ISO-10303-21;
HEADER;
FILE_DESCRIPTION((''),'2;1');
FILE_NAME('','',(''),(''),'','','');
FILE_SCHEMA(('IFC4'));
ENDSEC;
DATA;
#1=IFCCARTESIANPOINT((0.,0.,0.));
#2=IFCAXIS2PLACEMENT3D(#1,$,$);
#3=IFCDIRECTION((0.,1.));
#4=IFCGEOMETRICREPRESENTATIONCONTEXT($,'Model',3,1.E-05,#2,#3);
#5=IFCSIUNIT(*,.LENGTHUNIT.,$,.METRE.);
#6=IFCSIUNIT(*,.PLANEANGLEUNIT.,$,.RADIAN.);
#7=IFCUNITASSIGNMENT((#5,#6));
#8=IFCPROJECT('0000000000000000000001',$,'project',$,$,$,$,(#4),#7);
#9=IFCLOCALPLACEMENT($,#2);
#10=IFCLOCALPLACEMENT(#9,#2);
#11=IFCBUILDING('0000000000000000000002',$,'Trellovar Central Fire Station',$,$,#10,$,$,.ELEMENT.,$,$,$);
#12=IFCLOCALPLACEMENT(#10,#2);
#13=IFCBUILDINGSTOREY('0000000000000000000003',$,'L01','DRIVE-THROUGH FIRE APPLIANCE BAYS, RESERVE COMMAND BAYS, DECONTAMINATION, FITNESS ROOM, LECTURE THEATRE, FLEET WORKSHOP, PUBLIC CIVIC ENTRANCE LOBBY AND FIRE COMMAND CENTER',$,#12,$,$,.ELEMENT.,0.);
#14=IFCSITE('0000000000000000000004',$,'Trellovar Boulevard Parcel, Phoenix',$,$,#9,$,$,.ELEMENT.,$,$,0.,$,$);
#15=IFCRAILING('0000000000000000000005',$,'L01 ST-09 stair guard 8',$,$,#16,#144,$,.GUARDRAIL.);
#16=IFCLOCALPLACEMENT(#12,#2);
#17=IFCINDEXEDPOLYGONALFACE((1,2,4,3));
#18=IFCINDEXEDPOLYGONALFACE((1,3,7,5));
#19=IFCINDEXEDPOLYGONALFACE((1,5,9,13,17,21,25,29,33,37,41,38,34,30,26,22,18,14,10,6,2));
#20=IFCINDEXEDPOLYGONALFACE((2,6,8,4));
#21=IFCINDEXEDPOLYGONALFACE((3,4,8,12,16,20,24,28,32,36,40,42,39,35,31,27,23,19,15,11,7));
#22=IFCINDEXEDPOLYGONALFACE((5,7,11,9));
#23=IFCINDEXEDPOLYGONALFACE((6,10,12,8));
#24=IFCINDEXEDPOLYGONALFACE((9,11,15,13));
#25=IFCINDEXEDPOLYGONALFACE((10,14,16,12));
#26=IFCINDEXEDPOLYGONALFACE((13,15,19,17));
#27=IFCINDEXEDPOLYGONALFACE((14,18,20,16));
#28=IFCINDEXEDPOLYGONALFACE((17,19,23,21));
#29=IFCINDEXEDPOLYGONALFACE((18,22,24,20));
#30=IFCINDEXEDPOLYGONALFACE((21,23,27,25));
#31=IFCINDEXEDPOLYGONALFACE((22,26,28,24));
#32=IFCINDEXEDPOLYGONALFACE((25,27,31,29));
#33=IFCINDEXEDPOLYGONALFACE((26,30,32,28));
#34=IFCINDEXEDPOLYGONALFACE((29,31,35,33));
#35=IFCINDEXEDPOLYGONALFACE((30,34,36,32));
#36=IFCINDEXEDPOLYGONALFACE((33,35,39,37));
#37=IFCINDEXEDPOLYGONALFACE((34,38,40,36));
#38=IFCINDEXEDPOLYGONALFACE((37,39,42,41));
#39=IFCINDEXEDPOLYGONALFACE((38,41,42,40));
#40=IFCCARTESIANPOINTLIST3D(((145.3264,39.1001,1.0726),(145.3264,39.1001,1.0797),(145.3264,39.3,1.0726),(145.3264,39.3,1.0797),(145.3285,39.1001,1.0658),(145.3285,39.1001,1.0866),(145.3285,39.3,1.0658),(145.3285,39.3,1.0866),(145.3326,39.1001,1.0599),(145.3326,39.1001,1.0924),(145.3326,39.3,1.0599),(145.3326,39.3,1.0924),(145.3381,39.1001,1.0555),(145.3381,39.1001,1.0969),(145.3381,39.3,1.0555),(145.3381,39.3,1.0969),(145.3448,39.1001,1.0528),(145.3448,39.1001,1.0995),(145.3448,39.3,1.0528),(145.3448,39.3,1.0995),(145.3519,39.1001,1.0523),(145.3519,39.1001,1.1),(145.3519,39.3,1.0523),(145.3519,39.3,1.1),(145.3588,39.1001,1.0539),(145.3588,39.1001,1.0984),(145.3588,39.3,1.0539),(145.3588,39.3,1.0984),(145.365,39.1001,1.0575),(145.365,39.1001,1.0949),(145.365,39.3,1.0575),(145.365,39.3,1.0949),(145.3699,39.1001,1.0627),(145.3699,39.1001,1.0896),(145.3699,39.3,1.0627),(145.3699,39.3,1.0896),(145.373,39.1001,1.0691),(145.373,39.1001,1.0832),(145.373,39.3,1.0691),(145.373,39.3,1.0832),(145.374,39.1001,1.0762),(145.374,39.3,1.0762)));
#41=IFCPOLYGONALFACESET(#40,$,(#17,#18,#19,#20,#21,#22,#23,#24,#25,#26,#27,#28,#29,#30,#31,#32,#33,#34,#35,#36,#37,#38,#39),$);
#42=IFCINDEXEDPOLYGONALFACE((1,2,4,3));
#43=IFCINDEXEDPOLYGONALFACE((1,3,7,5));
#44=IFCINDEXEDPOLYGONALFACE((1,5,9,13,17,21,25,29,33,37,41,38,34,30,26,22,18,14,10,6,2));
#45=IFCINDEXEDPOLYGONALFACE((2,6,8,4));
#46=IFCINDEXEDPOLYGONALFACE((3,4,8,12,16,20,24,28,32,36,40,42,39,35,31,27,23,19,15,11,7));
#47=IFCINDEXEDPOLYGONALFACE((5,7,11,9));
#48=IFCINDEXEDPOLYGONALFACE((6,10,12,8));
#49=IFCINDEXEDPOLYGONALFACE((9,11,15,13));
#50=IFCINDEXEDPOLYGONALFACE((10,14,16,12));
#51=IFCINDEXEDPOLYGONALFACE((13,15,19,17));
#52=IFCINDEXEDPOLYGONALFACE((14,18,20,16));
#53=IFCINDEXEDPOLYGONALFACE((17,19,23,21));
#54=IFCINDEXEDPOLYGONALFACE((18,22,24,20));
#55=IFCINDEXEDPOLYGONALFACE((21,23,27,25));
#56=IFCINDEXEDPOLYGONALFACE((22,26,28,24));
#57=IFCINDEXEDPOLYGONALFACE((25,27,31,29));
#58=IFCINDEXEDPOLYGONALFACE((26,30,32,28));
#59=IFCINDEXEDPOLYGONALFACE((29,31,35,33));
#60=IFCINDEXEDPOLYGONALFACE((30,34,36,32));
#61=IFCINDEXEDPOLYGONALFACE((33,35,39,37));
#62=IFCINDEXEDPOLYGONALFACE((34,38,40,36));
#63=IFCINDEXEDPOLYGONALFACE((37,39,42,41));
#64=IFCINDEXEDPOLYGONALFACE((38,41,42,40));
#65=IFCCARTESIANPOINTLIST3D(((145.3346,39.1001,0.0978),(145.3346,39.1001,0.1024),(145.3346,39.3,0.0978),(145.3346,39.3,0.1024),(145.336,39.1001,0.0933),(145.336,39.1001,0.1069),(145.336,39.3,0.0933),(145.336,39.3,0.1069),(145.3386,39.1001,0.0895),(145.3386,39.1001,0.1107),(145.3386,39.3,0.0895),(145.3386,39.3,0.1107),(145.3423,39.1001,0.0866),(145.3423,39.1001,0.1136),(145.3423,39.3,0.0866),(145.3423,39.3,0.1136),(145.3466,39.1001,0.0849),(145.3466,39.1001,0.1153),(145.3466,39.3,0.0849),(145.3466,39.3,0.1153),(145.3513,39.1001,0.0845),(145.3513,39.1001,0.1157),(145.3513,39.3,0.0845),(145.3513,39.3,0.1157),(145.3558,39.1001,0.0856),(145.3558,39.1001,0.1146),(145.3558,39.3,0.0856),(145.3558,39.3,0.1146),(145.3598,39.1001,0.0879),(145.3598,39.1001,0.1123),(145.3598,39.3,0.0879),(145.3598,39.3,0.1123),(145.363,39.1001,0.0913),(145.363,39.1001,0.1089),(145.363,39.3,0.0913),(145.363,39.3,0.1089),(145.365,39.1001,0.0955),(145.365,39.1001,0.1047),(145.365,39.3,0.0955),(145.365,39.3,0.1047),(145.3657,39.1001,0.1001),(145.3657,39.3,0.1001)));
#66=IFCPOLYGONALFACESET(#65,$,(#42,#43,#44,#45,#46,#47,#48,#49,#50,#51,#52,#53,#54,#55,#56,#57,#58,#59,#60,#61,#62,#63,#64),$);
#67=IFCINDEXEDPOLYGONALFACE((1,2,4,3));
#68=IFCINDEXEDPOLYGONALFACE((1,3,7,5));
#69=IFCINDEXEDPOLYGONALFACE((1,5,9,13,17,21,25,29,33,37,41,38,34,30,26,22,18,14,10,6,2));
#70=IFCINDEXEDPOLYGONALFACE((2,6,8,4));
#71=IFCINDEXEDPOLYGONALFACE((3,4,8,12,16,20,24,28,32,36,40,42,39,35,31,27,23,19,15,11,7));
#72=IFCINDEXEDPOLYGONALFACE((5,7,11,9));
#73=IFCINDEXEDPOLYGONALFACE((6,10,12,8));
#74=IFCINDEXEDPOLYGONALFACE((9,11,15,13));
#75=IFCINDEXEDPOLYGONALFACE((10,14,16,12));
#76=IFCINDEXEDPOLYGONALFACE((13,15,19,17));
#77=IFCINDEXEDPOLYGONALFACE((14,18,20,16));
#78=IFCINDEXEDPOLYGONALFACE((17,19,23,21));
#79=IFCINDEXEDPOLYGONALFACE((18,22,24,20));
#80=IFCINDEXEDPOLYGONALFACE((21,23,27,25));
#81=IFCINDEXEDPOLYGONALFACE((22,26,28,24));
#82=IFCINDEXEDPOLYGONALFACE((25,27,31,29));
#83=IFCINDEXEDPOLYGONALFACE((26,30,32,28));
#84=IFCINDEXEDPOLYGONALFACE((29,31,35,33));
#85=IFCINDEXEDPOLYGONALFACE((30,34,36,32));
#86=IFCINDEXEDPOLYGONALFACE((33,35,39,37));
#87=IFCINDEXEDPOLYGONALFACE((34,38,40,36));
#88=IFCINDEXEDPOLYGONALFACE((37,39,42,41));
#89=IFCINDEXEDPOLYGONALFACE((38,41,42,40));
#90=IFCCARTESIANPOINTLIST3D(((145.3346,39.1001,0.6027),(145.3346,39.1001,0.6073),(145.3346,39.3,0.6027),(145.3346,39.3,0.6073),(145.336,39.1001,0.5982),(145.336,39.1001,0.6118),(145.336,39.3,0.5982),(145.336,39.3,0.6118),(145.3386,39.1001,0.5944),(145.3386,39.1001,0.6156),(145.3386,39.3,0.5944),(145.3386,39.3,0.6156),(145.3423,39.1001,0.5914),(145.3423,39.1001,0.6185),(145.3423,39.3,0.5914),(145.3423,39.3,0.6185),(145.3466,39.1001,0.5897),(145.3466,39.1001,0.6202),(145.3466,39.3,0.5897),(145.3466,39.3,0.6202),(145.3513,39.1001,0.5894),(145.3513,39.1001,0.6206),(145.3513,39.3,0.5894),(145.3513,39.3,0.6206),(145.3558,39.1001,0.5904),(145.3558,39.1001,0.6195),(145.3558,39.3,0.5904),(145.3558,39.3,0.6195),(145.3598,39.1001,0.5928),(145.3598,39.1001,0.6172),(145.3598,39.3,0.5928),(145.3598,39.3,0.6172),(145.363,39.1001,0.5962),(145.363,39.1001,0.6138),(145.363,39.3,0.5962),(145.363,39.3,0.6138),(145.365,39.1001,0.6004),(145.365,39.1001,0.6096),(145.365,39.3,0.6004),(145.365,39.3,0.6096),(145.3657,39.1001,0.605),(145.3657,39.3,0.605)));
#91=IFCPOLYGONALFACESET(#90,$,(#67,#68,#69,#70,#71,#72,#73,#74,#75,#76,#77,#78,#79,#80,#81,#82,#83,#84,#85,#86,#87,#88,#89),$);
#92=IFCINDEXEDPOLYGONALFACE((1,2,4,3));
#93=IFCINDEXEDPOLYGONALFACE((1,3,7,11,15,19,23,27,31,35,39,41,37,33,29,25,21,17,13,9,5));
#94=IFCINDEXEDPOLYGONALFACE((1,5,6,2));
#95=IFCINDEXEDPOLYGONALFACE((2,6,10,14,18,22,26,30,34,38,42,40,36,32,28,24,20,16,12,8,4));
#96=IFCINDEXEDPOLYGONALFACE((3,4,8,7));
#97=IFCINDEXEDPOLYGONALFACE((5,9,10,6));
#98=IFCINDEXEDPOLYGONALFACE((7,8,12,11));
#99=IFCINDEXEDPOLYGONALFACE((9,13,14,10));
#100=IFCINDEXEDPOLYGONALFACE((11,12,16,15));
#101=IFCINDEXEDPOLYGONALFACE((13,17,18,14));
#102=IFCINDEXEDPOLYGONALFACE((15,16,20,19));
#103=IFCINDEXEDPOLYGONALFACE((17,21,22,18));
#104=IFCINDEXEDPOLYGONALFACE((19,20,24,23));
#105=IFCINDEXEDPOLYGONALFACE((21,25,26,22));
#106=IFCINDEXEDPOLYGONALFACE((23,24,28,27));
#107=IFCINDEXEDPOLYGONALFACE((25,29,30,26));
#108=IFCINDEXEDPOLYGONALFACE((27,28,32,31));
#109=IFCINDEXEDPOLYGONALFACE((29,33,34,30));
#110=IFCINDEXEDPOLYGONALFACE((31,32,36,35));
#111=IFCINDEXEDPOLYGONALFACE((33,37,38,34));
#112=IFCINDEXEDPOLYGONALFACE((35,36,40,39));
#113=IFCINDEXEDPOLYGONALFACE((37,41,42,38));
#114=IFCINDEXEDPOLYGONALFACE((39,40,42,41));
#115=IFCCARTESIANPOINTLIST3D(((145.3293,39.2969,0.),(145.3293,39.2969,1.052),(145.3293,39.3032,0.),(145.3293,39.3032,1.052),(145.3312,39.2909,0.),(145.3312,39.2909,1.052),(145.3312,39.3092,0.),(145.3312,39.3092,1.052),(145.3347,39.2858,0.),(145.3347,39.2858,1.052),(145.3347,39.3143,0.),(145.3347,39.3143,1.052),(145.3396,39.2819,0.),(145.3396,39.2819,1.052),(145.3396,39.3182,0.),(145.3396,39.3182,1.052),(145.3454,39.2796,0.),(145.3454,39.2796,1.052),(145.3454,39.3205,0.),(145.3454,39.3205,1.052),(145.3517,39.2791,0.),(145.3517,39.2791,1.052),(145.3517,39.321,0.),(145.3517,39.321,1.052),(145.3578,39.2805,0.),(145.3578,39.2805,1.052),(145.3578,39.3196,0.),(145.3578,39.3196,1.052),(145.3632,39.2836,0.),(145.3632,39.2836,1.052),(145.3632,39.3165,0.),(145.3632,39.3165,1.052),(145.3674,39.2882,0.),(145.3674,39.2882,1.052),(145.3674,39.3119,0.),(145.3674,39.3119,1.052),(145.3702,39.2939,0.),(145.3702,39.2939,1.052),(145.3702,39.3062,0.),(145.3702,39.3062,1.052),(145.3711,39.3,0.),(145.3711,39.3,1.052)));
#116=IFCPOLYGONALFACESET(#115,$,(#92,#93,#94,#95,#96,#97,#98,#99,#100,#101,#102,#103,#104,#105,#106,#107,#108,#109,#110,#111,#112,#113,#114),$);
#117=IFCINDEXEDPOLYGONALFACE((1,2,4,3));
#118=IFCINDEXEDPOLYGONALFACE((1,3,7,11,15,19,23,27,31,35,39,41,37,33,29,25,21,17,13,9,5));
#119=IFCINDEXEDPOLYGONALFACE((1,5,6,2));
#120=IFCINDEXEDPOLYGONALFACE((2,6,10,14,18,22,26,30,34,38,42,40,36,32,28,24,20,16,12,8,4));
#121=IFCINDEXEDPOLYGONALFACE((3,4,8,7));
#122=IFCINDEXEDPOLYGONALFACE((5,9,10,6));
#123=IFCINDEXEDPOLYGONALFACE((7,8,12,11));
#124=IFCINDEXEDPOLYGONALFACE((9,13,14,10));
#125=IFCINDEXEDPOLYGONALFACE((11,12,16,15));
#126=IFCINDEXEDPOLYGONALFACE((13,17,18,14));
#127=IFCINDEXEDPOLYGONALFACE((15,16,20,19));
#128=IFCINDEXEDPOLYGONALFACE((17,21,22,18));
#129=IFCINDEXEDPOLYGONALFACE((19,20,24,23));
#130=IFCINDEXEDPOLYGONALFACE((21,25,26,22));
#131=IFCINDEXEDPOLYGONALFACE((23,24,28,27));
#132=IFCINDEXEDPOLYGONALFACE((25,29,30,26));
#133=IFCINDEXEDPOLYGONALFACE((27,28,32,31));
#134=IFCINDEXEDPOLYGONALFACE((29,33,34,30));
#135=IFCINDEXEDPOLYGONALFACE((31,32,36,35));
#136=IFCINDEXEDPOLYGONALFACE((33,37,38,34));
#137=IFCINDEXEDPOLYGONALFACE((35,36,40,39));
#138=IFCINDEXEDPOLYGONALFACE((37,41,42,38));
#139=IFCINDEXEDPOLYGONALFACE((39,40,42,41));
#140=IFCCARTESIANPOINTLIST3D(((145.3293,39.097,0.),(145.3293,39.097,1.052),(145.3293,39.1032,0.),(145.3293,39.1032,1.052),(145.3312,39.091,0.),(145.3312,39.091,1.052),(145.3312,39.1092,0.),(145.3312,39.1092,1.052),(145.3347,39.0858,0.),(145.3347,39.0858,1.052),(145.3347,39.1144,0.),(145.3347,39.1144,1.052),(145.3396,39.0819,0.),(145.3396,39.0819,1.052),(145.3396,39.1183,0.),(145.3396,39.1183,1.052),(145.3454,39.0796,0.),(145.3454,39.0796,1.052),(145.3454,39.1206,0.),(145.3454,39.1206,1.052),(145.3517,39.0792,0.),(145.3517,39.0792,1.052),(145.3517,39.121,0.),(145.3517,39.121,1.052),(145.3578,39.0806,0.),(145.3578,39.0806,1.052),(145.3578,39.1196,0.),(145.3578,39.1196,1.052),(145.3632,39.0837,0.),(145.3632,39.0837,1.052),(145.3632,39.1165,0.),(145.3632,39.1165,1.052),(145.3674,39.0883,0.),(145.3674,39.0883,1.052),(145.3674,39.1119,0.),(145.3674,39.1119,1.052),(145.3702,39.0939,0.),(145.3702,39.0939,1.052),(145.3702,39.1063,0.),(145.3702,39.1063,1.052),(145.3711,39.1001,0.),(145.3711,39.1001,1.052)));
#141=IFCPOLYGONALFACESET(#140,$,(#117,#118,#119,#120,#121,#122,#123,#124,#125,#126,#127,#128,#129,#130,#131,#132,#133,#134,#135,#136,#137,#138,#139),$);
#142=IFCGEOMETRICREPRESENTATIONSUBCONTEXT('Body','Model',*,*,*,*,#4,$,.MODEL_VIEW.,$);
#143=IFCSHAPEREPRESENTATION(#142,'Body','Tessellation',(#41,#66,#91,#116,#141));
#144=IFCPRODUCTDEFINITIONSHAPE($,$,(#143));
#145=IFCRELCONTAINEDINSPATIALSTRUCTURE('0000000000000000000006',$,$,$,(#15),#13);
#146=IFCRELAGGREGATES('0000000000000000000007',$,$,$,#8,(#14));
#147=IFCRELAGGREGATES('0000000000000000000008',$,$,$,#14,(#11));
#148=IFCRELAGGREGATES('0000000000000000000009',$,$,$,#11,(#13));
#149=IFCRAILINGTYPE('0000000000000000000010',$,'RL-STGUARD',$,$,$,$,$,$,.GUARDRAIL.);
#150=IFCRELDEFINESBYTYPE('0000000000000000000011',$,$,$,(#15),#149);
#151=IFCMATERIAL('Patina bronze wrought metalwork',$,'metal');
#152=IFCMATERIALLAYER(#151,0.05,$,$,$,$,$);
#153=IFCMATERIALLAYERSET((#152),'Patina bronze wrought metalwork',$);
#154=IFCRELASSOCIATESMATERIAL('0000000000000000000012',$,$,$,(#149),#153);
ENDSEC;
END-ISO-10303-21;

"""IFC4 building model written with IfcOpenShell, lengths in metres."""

from ifc_helpers import new_model, si_unit, direction, frame, origin, origin_2d, place, context, subcontext, project, spatial, circle, extrude, material, layer, layer_set, type_object, element, save


model = new_model("IFC4")

# Units and contexts
model_context = context("Model", 3, precision=1e-05, world=origin(), true_north=direction((0.0, 1.0)))
body_context = subcontext(model_context, "Body", "Model", "MODEL_VIEW")
ifc_project = project(units=[si_unit("LENGTHUNIT", "METRE"), si_unit("PLANEANGLEUNIT", "RADIAN")], contexts=[model_context])

# Site, building, storey
site_placement = place(None, origin())
site = spatial("IfcSite", under=ifc_project, at=site_placement, Name="Trellovar Boulevard Parcel, Phoenix", CompositionType="ELEMENT", RefElevation=0.0)
building_placement = place(site_placement, origin())
building = spatial("IfcBuilding", under=site, at=building_placement, Name="Trellovar Central Fire Station", CompositionType="ELEMENT")
storey_placement = place(building_placement, origin())
storey = spatial("IfcBuildingStorey", under=building, at=storey_placement, Name="L01", Description="DRIVE-THROUGH FIRE APPLIANCE BAYS, RESERVE COMMAND BAYS, DECONTAMINATION, FITNESS ROOM, LECTURE THEATRE, FLEET WORKSHOP, PUBLIC CIVIC ENTRANCE LOBBY AND FIRE COMMAND CENTER", CompositionType="ELEMENT", Elevation=0.0)

# Railing
ifc_material_1 = material(Name="Patina bronze wrought metalwork", Category="metal")
ifc_layer_1 = layer(ifc_material_1, 0.05)
ifc_layer_set_1 = layer_set([ifc_layer_1], Name="Patina bronze wrought metalwork")
railing_type = type_object("IfcRailingType", Name="RL-STGUARD", PredefinedType="GUARDRAIL", material=ifc_layer_set_1)
railing_1_placement = place(storey_placement, frame((145.3501, 39.3, 0.0)))
element("IfcRailing", 1, at=railing_1_placement, inside=storey, type_object=railing_type, Name="L01 ST-09 stair guard 8", PredefinedType="GUARDRAIL", context=body_context, shape_type="SweptSolid", body=[
    extrude(circle(Radius=0.0239, at=origin_2d()), frame((0.0, 0.0, 1.0762), z_axis=(0.0, -1.0, 0.0), x_axis=(1.0, 0.0, 0.0)), (0.0, 0.0, 1.0), 0.2),
    extrude(circle(Radius=0.0156, at=origin_2d()), frame((0.0, 0.0, 0.1001), z_axis=(0.0, -1.0, 0.0), x_axis=(1.0, 0.0, 0.0)), (0.0, 0.0, 1.0), 0.2),
    extrude(circle(Radius=0.0156, at=origin_2d()), frame((0.0, 0.0, 0.605), z_axis=(0.0, -1.0, 0.0), x_axis=(1.0, 0.0, 0.0)), (0.0, 0.0, 1.0), 0.2),
    extrude(circle(Radius=0.021, at=origin_2d()), origin(), (0.0, 0.0, 1.0), 1.052),
    extrude(circle(Radius=0.021, at=origin_2d()), frame((0.0, -0.2, 0.0)), (0.0, 0.0, 1.0), 1.052),
])

save(model, "model.ifc")
